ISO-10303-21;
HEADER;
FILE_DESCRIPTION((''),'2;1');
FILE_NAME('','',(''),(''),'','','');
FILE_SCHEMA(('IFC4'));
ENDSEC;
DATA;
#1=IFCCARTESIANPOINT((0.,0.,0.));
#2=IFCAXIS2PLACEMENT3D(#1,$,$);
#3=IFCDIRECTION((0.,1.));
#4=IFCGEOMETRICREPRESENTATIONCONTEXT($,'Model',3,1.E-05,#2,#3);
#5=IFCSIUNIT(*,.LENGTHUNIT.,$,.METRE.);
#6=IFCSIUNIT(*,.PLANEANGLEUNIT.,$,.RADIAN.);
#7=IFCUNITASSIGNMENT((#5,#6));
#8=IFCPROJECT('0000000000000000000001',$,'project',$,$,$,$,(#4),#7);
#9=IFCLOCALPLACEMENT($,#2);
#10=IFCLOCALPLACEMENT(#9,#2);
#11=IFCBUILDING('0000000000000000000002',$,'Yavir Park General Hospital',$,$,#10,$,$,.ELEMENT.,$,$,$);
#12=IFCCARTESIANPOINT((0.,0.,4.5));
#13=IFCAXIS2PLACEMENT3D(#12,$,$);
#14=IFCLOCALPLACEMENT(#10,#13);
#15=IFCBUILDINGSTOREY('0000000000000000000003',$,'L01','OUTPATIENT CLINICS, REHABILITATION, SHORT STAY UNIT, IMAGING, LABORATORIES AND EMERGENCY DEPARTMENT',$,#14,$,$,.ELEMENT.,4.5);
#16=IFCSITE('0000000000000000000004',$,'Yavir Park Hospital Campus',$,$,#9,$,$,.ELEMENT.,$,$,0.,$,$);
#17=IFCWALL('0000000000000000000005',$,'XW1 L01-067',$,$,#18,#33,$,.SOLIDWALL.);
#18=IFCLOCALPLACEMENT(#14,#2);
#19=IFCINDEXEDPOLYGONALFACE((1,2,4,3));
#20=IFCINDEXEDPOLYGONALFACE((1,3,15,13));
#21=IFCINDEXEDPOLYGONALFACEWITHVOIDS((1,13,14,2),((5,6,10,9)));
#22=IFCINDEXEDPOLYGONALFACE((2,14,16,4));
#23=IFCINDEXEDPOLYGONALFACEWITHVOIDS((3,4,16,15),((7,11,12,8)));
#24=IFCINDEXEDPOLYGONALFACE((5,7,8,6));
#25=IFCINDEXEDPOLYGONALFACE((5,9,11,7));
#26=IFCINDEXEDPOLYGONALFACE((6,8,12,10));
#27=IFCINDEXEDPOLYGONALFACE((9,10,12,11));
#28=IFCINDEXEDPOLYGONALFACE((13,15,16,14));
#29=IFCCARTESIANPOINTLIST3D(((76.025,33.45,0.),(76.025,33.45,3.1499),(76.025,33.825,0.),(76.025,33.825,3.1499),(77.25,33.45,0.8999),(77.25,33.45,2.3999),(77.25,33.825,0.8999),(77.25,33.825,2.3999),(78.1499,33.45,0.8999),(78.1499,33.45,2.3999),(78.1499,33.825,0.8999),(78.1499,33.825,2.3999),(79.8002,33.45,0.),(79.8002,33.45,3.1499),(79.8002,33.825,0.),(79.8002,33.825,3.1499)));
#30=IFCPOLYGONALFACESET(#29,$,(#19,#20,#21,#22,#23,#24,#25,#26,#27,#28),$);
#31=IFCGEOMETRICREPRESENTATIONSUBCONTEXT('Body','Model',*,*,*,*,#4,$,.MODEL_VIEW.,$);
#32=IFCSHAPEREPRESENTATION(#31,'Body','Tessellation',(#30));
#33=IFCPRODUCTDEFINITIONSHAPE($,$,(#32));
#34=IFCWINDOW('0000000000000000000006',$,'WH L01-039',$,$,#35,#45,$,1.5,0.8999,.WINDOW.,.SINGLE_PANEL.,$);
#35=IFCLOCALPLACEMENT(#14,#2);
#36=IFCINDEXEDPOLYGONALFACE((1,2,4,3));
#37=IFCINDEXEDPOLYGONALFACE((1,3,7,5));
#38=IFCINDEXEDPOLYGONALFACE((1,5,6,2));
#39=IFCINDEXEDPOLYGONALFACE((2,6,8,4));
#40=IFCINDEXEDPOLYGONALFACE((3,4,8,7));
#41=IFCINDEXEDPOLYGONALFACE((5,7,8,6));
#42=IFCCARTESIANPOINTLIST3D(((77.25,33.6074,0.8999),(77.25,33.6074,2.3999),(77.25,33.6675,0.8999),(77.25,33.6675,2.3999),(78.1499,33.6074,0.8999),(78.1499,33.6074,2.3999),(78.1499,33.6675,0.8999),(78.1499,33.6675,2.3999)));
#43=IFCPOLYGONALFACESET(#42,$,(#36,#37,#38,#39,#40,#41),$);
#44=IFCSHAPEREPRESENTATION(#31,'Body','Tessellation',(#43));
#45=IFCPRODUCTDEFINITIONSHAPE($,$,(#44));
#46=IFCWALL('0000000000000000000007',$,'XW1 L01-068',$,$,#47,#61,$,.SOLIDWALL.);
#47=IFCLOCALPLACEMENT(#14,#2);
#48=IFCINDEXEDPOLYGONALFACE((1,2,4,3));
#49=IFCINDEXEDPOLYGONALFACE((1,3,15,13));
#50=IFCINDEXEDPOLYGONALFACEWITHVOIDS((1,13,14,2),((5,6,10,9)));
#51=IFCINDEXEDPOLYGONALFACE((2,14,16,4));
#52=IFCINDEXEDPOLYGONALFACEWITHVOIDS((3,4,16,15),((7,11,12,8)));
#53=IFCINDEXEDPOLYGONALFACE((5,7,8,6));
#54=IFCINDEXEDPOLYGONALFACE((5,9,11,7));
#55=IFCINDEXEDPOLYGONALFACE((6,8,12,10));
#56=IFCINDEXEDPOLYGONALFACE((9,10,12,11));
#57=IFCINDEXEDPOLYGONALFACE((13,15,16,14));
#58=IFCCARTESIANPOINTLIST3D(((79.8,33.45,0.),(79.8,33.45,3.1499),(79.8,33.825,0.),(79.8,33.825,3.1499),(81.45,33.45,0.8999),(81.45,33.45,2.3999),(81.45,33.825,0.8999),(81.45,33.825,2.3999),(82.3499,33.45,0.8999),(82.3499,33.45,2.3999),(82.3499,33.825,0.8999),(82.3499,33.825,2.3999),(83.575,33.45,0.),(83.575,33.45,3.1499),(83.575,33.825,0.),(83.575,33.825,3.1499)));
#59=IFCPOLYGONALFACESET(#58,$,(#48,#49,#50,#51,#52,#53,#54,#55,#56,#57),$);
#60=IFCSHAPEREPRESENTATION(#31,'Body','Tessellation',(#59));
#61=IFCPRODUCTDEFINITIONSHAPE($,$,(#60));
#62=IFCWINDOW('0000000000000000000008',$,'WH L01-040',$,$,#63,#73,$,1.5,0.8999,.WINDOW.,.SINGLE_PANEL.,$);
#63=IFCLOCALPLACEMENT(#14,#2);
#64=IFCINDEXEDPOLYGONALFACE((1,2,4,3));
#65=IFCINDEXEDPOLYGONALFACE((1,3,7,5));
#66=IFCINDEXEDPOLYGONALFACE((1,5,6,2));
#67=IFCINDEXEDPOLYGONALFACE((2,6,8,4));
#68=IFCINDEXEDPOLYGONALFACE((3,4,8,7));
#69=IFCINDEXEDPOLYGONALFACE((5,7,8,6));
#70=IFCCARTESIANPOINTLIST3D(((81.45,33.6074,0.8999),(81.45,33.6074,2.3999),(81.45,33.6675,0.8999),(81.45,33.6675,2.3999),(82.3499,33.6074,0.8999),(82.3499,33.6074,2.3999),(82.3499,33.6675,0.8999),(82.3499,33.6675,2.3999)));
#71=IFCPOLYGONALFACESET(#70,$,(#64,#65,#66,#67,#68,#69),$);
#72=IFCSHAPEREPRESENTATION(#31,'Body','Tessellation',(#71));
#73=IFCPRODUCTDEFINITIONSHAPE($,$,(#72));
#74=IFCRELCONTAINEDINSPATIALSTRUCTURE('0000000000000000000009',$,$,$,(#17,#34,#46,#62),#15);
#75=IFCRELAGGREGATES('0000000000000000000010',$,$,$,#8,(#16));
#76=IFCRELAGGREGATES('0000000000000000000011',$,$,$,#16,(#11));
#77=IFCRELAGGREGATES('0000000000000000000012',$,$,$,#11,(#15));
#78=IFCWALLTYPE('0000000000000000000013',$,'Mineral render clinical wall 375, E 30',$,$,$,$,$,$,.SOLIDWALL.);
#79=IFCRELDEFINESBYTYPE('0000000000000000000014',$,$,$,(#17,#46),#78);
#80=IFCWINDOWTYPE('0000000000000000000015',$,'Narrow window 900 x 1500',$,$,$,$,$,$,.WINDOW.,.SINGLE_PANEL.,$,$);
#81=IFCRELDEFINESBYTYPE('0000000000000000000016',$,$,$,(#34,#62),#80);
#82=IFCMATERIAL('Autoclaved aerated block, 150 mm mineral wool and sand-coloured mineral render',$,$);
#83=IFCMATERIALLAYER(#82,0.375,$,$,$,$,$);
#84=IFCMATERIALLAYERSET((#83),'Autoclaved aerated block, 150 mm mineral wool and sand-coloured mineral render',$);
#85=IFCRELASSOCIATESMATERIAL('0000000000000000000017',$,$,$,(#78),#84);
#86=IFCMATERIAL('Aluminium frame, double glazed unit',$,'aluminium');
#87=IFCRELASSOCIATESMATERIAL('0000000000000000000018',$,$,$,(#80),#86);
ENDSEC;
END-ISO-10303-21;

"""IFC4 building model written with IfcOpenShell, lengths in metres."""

from ifc_helpers import new_model, si_unit, direction, frame, frame_2d, origin, place, context, subcontext, project, spatial, rectangle, extrude, material, layer, layer_set, type_object, element, fill, save


model = new_model("IFC4")

# Units and contexts
model_context = context("Model", 3, precision=1e-05, world=origin(), true_north=direction((0.0, 1.0)))
body_context = subcontext(model_context, "Body", "Model", "MODEL_VIEW")
ifc_project = project(units=[si_unit("LENGTHUNIT", "METRE"), si_unit("PLANEANGLEUNIT", "RADIAN")], contexts=[model_context])

# Site, building, storey
site_placement = place(None, origin())
site = spatial("IfcSite", under=ifc_project, at=site_placement, Name="Yavir Park Hospital Campus", CompositionType="ELEMENT", RefElevation=0.0)
building_placement = place(site_placement, origin())
building = spatial("IfcBuilding", under=site, at=building_placement, Name="Yavir Park General Hospital", CompositionType="ELEMENT")
storey_placement = place(building_placement, frame((0.0, 0.0, 4.5)))
storey = spatial("IfcBuildingStorey", under=building, at=storey_placement, Name="L01", Description="OUTPATIENT CLINICS, REHABILITATION, SHORT STAY UNIT, IMAGING, LABORATORIES AND EMERGENCY DEPARTMENT", CompositionType="ELEMENT", Elevation=4.5)

# Shared definitions
ifc_material_1 = material(Name="Autoclaved aerated block, 150 mm mineral wool and sand-coloured mineral render")
ifc_layer_1 = layer(ifc_material_1, 0.375)
ifc_layer_set_1 = layer_set([ifc_layer_1], Name="Autoclaved aerated block, 150 mm mineral wool and sand-coloured mineral render")
wall_type_1 = type_object("IfcWallType", Name="Mineral render clinical wall 375, E 30", PredefinedType="SOLIDWALL", material=ifc_layer_set_1)

# Walls, openings, windows
wall_1_placement = place(storey_placement, frame((76.0249, 33.6375, 0.0), z_axis=(0.0, 0.0, 1.0), x_axis=(1.0, 0.0, 0.0)))
wall_1 = element("IfcWall", 1, at=wall_1_placement, inside=storey, type_object=wall_type_1, Name="XW1 L01-067", PredefinedType="SOLIDWALL", context=body_context, shape_type="SweptSolid", body=[
    extrude(rectangle(XDim=3.7751, YDim=0.375, at=frame_2d((1.8877, 0.0))), origin(), (0.0, 0.0, 1.0), 3.1499),
])
opening_1_placement = place(wall_1_placement, frame((1.2251, 0.0, 0.8999)))
opening_1 = element("IfcOpeningElement", 2, at=opening_1_placement, cuts=wall_1, PredefinedType="OPENING", context=body_context, shape_type="SweptSolid", body=[
    extrude(rectangle(XDim=0.8999, YDim=1.5, at=frame_2d((0.45, 0.75))), frame((0.0, 0.1975, 0.0), z_axis=(0.0, -1.0, 0.0), x_axis=(1.0, 0.0, 0.0)), (0.0, 0.0, 1.0), 0.395),
])
ifc_material_2 = material(Name="Aluminium frame, double glazed unit", Category="aluminium")
window_type_1 = type_object("IfcWindowType", Name="Narrow window 900 x 1500", PartitioningType="SINGLE_PANEL", PredefinedType="WINDOW", material=ifc_material_2)
window_1_placement = place(opening_1_placement, origin())
window_1 = element("IfcWindow", 3, at=window_1_placement, inside=storey, type_object=window_type_1, Name="WH L01-039", OverallHeight=1.5, OverallWidth=0.8999, PartitioningType="SINGLE_PANEL", PredefinedType="WINDOW", context=body_context, shape_type="SweptSolid", body=[
    extrude(rectangle(XDim=0.8999, YDim=1.5, at=frame_2d((0.45, 0.75))), frame((0.0, 0.03, 0.0), z_axis=(0.0, -1.0, 0.0), x_axis=(1.0, 0.0, 0.0)), (0.0, 0.0, 1.0), 0.0601),
])
fill(opening_1, window_1)
wall_2_placement = place(storey_placement, frame((79.8, 33.6375, 0.0), z_axis=(0.0, 0.0, 1.0), x_axis=(1.0, 0.0, 0.0)))
wall_2 = element("IfcWall", 4, at=wall_2_placement, inside=storey, type_object=wall_type_1, Name="XW1 L01-068", PredefinedType="SOLIDWALL", context=body_context, shape_type="SweptSolid", body=[
    extrude(rectangle(XDim=3.7749, YDim=0.375, at=frame_2d((1.8875, 0.0))), origin(), (0.0, 0.0, 1.0), 3.1499),
])
opening_2_placement = place(wall_2_placement, frame((1.6499, 0.0, 0.8999)))
opening_2 = element("IfcOpeningElement", 5, at=opening_2_placement, cuts=wall_2, PredefinedType="OPENING", context=body_context, shape_type="SweptSolid", body=[
    extrude(rectangle(XDim=0.8999, YDim=1.5, at=frame_2d((0.45, 0.75))), frame((0.0, 0.1975, 0.0), z_axis=(0.0, -1.0, 0.0), x_axis=(1.0, 0.0, 0.0)), (0.0, 0.0, 1.0), 0.395),
])
window_2_placement = place(opening_2_placement, origin())
window_2 = element("IfcWindow", 6, at=window_2_placement, inside=storey, type_object=window_type_1, Name="WH L01-040", OverallHeight=1.5, OverallWidth=0.8999, PartitioningType="SINGLE_PANEL", PredefinedType="WINDOW", context=body_context, shape_type="SweptSolid", body=[
    extrude(rectangle(XDim=0.8999, YDim=1.5, at=frame_2d((0.45, 0.75))), frame((0.0, 0.03, 0.0), z_axis=(0.0, -1.0, 0.0), x_axis=(1.0, 0.0, 0.0)), (0.0, 0.0, 1.0), 0.0601),
])
fill(opening_2, window_2)

save(model, "model.ifc")
